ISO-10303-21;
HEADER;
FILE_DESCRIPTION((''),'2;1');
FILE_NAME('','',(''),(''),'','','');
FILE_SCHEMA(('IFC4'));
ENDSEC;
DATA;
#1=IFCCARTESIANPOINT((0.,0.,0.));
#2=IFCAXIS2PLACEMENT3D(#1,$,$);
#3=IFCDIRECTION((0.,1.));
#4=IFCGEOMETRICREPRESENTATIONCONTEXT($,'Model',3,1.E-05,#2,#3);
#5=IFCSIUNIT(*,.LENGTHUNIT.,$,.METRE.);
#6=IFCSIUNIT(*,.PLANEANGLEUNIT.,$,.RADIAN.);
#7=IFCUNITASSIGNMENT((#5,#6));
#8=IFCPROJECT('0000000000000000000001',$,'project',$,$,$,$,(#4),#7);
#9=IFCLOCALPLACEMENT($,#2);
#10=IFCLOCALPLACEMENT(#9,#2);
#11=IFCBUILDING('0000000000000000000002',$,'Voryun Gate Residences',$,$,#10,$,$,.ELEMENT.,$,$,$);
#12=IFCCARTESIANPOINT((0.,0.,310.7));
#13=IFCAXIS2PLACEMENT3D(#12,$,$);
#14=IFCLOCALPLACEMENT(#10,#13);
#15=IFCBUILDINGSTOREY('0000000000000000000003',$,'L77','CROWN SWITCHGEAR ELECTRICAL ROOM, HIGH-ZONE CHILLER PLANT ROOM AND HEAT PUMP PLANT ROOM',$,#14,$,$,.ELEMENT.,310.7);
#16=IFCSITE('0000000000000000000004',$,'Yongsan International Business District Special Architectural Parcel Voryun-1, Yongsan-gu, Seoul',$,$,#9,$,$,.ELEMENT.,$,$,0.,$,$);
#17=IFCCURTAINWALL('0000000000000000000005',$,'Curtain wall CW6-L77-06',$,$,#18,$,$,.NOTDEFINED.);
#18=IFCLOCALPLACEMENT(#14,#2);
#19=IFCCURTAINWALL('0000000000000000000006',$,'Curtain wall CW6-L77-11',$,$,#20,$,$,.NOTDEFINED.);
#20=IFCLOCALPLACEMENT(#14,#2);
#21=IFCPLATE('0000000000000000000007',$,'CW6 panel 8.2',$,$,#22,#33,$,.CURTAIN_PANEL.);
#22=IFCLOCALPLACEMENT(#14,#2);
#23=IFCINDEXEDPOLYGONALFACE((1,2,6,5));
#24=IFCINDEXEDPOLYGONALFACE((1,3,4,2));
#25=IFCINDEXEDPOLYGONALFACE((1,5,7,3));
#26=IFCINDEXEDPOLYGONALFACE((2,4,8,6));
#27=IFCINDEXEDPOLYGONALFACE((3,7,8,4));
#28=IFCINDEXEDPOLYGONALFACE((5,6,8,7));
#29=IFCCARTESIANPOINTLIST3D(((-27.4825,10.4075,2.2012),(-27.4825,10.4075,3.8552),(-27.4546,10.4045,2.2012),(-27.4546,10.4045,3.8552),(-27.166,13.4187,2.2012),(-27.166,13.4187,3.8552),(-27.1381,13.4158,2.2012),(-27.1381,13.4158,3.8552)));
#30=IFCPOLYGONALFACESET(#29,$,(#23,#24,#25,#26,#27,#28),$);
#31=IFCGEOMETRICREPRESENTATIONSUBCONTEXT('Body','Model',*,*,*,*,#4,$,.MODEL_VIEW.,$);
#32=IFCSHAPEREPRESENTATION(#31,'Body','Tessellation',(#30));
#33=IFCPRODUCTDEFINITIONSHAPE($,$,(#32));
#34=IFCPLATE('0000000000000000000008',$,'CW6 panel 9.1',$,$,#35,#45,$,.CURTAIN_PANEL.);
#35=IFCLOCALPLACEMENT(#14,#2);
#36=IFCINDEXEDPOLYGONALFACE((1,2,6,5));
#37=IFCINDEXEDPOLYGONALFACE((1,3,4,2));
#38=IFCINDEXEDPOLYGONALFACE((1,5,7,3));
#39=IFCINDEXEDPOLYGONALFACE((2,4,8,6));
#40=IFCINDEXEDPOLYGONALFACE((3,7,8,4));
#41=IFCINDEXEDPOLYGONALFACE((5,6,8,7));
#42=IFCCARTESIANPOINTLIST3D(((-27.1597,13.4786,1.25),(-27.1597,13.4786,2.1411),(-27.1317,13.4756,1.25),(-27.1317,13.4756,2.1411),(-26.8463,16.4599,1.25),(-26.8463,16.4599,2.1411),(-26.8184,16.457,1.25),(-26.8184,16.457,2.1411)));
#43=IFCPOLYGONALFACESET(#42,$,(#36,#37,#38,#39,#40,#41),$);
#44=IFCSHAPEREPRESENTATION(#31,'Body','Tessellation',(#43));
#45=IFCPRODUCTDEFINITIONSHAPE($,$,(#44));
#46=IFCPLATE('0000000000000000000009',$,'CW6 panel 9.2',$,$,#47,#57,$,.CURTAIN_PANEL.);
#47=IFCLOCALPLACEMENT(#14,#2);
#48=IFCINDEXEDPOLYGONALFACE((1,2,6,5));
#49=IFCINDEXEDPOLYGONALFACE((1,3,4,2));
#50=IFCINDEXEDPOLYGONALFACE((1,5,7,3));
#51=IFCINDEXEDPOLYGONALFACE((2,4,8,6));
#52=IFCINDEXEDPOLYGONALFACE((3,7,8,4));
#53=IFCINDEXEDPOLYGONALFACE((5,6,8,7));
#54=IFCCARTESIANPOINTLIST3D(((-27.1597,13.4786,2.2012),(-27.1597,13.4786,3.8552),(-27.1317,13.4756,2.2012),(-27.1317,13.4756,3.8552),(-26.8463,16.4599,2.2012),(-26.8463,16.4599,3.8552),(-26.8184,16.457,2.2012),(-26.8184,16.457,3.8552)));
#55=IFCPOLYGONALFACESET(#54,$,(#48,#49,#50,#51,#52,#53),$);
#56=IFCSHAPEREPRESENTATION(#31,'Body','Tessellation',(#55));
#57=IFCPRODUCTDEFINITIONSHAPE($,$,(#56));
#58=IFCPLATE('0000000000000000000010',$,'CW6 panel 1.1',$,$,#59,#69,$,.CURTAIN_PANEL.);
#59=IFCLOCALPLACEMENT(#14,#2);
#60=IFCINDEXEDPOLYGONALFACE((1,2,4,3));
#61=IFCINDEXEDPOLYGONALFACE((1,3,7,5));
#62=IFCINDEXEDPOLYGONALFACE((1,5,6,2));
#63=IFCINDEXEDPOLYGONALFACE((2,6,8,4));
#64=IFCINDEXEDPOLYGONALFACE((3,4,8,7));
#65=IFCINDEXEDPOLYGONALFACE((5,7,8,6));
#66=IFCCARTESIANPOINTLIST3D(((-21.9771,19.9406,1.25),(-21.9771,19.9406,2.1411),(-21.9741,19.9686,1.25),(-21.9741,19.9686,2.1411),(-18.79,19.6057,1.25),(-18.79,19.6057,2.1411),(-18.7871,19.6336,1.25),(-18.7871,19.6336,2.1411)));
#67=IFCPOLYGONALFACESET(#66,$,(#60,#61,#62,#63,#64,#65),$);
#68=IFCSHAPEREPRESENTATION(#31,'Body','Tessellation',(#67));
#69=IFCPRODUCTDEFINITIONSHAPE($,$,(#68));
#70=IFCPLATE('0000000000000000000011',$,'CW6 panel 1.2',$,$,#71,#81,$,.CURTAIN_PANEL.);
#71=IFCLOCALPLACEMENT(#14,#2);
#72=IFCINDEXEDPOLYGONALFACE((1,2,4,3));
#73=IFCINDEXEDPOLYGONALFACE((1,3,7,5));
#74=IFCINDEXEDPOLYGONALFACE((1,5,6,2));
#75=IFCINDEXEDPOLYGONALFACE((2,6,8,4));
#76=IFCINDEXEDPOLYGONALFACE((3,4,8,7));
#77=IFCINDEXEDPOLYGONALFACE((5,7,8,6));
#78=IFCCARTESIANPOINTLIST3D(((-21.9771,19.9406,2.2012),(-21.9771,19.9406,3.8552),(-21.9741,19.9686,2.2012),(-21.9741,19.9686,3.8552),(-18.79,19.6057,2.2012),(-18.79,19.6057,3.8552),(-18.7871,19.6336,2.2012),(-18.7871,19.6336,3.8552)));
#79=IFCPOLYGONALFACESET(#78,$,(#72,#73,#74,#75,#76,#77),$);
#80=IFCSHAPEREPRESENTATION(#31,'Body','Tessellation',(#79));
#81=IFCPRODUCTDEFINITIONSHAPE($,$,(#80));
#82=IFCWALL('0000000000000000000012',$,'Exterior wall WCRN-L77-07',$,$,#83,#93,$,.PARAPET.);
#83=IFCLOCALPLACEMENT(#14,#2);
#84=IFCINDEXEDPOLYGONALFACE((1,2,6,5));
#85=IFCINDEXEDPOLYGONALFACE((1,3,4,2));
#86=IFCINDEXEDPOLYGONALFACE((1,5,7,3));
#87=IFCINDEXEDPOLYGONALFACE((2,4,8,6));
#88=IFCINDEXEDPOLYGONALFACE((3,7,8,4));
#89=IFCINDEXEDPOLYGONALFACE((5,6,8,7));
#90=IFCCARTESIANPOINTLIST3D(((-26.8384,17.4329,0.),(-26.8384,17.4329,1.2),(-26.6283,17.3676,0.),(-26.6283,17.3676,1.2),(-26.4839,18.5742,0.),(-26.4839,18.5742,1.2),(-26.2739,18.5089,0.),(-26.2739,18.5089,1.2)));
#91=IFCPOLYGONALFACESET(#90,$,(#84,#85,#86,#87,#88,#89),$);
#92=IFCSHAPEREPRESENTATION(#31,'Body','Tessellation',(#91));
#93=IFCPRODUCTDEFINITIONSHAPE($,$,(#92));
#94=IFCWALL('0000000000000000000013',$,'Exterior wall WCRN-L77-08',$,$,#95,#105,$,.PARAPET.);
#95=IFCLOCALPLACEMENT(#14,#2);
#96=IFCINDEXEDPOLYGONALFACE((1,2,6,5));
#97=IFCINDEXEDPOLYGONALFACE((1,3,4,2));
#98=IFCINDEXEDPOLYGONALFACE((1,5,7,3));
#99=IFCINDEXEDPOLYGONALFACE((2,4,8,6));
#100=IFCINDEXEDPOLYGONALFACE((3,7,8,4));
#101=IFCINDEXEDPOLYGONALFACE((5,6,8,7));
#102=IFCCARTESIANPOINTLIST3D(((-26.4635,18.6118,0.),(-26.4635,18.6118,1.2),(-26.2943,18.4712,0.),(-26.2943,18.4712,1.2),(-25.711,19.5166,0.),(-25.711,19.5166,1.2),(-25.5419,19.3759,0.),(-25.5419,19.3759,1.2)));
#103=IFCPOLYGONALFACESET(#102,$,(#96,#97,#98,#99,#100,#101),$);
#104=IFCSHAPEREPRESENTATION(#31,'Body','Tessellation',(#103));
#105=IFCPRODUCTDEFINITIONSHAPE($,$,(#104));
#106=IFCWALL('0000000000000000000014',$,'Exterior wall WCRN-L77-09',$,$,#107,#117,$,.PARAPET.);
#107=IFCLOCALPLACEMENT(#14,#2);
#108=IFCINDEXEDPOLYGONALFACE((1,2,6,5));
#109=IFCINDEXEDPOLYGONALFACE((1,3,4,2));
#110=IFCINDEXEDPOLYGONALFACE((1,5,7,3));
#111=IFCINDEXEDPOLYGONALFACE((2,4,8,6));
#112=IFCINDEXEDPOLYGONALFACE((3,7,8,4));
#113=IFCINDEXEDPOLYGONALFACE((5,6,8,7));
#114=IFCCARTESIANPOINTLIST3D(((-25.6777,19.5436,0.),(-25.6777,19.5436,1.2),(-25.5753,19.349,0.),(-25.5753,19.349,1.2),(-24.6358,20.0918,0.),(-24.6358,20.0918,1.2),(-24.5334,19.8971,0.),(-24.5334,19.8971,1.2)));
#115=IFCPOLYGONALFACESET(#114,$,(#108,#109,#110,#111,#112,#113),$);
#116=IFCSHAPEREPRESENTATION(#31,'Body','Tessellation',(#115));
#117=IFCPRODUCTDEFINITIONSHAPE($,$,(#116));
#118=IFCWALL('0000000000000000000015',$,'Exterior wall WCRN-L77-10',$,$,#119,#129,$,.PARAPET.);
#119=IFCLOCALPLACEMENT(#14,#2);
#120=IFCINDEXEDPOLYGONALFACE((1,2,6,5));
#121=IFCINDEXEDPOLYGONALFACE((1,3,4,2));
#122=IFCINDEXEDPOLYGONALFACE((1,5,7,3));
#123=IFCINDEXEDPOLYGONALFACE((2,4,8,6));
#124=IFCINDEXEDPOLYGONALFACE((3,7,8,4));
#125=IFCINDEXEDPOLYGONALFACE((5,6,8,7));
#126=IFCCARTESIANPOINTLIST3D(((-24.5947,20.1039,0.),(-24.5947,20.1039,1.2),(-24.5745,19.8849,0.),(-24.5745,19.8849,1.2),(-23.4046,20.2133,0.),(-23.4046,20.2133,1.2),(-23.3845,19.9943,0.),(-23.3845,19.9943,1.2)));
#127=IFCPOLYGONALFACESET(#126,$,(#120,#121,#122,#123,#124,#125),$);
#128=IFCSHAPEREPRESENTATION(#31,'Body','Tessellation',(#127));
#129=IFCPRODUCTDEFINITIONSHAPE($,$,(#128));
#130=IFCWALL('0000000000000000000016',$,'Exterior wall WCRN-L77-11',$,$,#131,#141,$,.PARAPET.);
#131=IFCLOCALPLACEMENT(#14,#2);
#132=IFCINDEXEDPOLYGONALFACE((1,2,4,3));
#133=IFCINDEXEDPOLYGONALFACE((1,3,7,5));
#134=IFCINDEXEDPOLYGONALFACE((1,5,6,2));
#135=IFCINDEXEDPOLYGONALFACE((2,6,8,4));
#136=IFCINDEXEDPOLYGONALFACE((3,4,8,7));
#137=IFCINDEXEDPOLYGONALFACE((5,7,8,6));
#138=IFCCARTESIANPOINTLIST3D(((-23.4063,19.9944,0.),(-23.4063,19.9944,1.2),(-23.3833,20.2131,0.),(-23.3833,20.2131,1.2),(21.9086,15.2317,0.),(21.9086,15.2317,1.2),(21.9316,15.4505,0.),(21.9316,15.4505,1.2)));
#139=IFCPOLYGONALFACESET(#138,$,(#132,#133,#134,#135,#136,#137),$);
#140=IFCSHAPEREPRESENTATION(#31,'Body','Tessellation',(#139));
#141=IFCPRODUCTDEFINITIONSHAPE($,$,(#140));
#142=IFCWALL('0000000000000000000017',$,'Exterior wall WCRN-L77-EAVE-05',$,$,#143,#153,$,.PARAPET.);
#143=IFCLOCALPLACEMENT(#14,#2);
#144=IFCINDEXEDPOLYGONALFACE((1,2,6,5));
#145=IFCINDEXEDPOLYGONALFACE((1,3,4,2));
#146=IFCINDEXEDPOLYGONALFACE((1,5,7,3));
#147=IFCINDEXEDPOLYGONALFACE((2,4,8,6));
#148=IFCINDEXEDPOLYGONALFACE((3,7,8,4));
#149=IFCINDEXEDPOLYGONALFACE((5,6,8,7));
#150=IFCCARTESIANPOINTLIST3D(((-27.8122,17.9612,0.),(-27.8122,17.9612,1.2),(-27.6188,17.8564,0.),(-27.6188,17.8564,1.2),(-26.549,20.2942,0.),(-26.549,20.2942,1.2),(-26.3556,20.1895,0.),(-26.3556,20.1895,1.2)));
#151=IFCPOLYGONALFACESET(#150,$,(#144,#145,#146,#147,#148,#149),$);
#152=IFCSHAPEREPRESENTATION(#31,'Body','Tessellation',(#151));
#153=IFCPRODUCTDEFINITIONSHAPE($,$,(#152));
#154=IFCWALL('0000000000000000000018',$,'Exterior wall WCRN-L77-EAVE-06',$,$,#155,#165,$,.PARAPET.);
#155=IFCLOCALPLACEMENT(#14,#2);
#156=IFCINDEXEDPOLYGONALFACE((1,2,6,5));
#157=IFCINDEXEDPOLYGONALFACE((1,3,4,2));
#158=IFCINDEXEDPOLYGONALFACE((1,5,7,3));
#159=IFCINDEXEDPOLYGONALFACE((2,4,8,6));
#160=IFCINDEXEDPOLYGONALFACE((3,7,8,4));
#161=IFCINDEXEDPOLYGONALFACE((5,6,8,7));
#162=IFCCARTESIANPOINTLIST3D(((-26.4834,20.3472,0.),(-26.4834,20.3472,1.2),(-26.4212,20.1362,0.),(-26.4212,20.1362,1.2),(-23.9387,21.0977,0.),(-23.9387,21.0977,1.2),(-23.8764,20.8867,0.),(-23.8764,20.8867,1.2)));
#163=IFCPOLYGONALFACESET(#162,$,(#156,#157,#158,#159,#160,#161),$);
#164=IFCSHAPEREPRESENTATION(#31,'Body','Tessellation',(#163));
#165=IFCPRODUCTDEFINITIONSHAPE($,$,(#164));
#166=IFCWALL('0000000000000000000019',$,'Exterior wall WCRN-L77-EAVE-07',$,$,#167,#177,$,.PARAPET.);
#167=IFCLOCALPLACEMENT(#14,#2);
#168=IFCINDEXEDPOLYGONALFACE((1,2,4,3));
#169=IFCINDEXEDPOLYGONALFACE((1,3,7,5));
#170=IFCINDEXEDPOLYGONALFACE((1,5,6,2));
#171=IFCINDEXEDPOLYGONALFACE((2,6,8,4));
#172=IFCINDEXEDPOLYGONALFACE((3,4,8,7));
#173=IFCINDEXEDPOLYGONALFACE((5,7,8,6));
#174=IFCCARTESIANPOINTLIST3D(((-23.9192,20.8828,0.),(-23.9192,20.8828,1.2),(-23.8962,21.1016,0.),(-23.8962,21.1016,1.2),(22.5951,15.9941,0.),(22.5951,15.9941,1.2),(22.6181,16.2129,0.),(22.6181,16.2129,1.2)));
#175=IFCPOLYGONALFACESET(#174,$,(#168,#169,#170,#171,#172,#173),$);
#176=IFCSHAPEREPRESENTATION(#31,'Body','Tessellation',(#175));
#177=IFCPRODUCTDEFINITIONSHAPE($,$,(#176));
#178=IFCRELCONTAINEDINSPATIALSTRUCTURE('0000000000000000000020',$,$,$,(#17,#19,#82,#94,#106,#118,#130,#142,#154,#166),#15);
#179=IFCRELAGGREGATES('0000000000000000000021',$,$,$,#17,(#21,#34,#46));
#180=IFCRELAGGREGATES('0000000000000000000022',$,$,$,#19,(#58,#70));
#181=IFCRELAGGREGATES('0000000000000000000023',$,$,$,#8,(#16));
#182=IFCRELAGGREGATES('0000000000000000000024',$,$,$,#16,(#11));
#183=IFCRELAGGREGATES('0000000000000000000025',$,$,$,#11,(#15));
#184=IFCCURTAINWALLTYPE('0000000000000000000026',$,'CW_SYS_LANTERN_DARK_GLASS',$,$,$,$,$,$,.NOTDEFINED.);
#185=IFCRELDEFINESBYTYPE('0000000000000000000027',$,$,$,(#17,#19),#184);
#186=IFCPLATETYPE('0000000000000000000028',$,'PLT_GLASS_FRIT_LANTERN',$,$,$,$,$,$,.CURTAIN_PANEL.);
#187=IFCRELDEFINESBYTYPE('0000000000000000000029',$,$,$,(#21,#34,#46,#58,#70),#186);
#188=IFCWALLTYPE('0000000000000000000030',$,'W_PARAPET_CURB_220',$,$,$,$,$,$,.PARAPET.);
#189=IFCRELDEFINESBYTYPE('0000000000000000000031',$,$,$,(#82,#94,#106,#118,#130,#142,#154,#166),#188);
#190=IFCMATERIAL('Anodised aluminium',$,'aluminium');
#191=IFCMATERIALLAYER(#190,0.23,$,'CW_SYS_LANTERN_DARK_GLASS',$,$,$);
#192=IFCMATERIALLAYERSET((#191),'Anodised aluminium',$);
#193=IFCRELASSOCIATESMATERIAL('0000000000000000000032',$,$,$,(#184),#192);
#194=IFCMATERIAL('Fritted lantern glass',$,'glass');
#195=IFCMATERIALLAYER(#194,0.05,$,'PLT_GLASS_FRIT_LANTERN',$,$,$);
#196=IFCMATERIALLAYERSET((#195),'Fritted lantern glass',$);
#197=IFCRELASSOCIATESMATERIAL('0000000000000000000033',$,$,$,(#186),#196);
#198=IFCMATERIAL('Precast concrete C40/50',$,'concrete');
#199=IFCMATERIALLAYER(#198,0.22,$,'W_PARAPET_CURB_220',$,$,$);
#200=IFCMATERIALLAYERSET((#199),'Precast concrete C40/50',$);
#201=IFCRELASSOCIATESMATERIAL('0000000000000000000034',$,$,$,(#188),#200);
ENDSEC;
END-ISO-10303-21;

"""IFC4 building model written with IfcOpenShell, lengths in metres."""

from ifc_helpers import new_model, si_unit, direction, frame, frame_2d, origin, origin_2d, place, context, subcontext, project, spatial, rectangle, extrude, material, layer, layer_set, type_object, element, aggregate, save


model = new_model("IFC4")

# Units and contexts
model_context = context("Model", 3, precision=1e-05, world=origin(), true_north=direction((0.0, 1.0)))
body_context = subcontext(model_context, "Body", "Model", "MODEL_VIEW")
ifc_project = project(units=[si_unit("LENGTHUNIT", "METRE"), si_unit("PLANEANGLEUNIT", "RADIAN")], contexts=[model_context])

# Site, building, storey
site_placement = place(None, origin())
site = spatial("IfcSite", under=ifc_project, at=site_placement, Name="Yongsan International Business District Special Architectural Parcel Voryun-1, Yongsan-gu, Seoul", CompositionType="ELEMENT", RefElevation=0.0)
building_placement = place(site_placement, origin())
building = spatial("IfcBuilding", under=site, at=building_placement, Name="Voryun Gate Residences", CompositionType="ELEMENT")
storey_placement = place(building_placement, frame((0.0, 0.0, 310.7)))
storey = spatial("IfcBuildingStorey", under=building, at=storey_placement, Name="L77", Description="CROWN SWITCHGEAR ELECTRICAL ROOM, HIGH-ZONE CHILLER PLANT ROOM AND HEAT PUMP PLANT ROOM", CompositionType="ELEMENT", Elevation=310.7)

# Curtain wall
ifc_material_1 = material(Name="Anodised aluminium", Category="aluminium")
ifc_layer_1 = layer(ifc_material_1, 0.23, Name="CW_SYS_LANTERN_DARK_GLASS")
ifc_layer_set_1 = layer_set([ifc_layer_1], Name="Anodised aluminium")
curtain_wall_type = type_object("IfcCurtainWallType", Name="CW_SYS_LANTERN_DARK_GLASS", PredefinedType="NOTDEFINED", material=ifc_layer_set_1)
curtain_wall_1_placement = place(storey_placement, origin())
curtain_wall_1 = element("IfcCurtainWall", 1, at=curtain_wall_1_placement, inside=storey, type_object=curtain_wall_type, Name="Curtain wall CW6-L77-06", PredefinedType="NOTDEFINED")

# Curtain wall
curtain_wall_2_placement = place(storey_placement, origin())
curtain_wall_2 = element("IfcCurtainWall", 2, at=curtain_wall_2_placement, inside=storey, type_object=curtain_wall_type, Name="Curtain wall CW6-L77-11", PredefinedType="NOTDEFINED")

# Plates
ifc_material_2 = material(Name="Fritted lantern glass", Category="glass")
ifc_layer_2 = layer(ifc_material_2, 0.05, Name="PLT_GLASS_FRIT_LANTERN")
ifc_layer_set_2 = layer_set([ifc_layer_2], Name="Fritted lantern glass")
plate_type_1 = type_object("IfcPlateType", Name="PLT_GLASS_FRIT_LANTERN", PredefinedType="CURTAIN_PANEL", material=ifc_layer_set_2)
plate_1_placement = place(storey_placement, frame((-27.3103, 11.9116, 2.2012), z_axis=(0.0, 0.0, 1.0), x_axis=(0.104528, 0.994522, 0.0)))
plate_1 = element("IfcPlate", 3, at=plate_1_placement, type_object=plate_type_1, Name="CW6 panel 8.2", PredefinedType="CURTAIN_PANEL", context=body_context, shape_type="SweptSolid", body=[
    extrude(rectangle(XDim=3.0278, YDim=0.0281, at=origin_2d()), origin(), (0.0, 0.0, 1.0), 1.6541),
])
plate_2_placement = place(storey_placement, frame((-26.989, 14.9678, 1.25), z_axis=(0.0, 0.0, 1.0), x_axis=(0.104528, 0.994522, 0.0)))
plate_2 = element("IfcPlate", 4, at=plate_2_placement, type_object=plate_type_1, Name="CW6 panel 9.1", PredefinedType="CURTAIN_PANEL", context=body_context, shape_type="SweptSolid", body=[
    extrude(rectangle(XDim=2.9978, YDim=0.0281, at=origin_2d()), origin(), (0.0, 0.0, 1.0), 0.8911),
])
plate_3_placement = place(storey_placement, frame((-26.989, 14.9678, 2.2012), z_axis=(0.0, 0.0, 1.0), x_axis=(0.104528, 0.994522, 0.0)))
plate_3 = element("IfcPlate", 5, at=plate_3_placement, type_object=plate_type_1, Name="CW6 panel 9.2", PredefinedType="CURTAIN_PANEL", context=body_context, shape_type="SweptSolid", body=[
    extrude(rectangle(XDim=2.9978, YDim=0.0281, at=origin_2d()), origin(), (0.0, 0.0, 1.0), 1.6541),
])
aggregate(curtain_wall_1, [plate_1, plate_2, plate_3])
plate_4_placement = place(storey_placement, frame((-20.3821, 19.7871, 1.25), z_axis=(0.0, 0.0, 1.0), x_axis=(0.994522, -0.104528, 0.0)))
plate_4 = element("IfcPlate", 6, at=plate_4_placement, type_object=plate_type_1, Name="CW6 panel 1.1", PredefinedType="CURTAIN_PANEL", context=body_context, shape_type="SweptSolid", body=[
    extrude(rectangle(XDim=3.2046, YDim=0.0281, at=origin_2d()), origin(), (0.0, 0.0, 1.0), 0.8911),
])
plate_5_placement = place(storey_placement, frame((-20.3821, 19.7871, 2.2012), z_axis=(0.0, 0.0, 1.0), x_axis=(0.994522, -0.104528, 0.0)))
plate_5 = element("IfcPlate", 7, at=plate_5_placement, type_object=plate_type_1, Name="CW6 panel 1.2", PredefinedType="CURTAIN_PANEL", context=body_context, shape_type="SweptSolid", body=[
    extrude(rectangle(XDim=3.2046, YDim=0.0281, at=origin_2d()), origin(), (0.0, 0.0, 1.0), 1.6541),
])
aggregate(curtain_wall_2, [plate_4, plate_5])

# Walls
ifc_material_3 = material(Name="Precast concrete C40/50", Category="concrete")
ifc_layer_3 = layer(ifc_material_3, 0.22, Name="W_PARAPET_CURB_220")
ifc_layer_set_3 = layer_set([ifc_layer_3], Name="Precast concrete C40/50")
wall_type = type_object("IfcWallType", Name="W_PARAPET_CURB_220", PredefinedType="PARAPET", material=ifc_layer_set_3)
wall_1_placement = place(storey_placement, frame((-26.7334, 17.4001, 0.0), z_axis=(0.0, 0.0, 1.0), x_axis=(0.296611, 0.954998, 0.0)))
element("IfcWall", 8, at=wall_1_placement, inside=storey, type_object=wall_type, Name="Exterior wall WCRN-L77-07", PredefinedType="PARAPET", context=body_context, shape_type="SweptSolid", body=[
    extrude(rectangle(XDim=1.1951, YDim=0.22, at=frame_2d((0.5977, 0.0))), origin(), (0.0, 0.0, 1.0), 1.2),
])
wall_2_placement = place(storey_placement, frame((-26.3789, 18.5415, 0.0), z_axis=(0.0, 0.0, 1.0), x_axis=(0.639409, 0.768867, 0.0)))
element("IfcWall", 9, at=wall_2_placement, inside=storey, type_object=wall_type, Name="Exterior wall WCRN-L77-08", PredefinedType="PARAPET", context=body_context, shape_type="SweptSolid", body=[
    extrude(rectangle(XDim=1.1768, YDim=0.22, at=frame_2d((0.5884, 0.0))), origin(), (0.0, 0.0, 1.0), 1.2),
])
wall_3_placement = place(storey_placement, frame((-25.6265, 19.4463, 0.0), z_axis=(0.0, 0.0, 1.0), x_axis=(0.884986, 0.465618, 0.0)))
element("IfcWall", 10, at=wall_3_placement, inside=storey, type_object=wall_type, Name="Exterior wall WCRN-L77-09", PredefinedType="PARAPET", context=body_context, shape_type="SweptSolid", body=[
    extrude(rectangle(XDim=1.1772, YDim=0.22, at=frame_2d((0.5886, 0.0))), origin(), (0.0, 0.0, 1.0), 1.2),
])
wall_4_placement = place(storey_placement, frame((-24.5847, 19.9944, 0.0), z_axis=(0.0, 0.0, 1.0), x_axis=(0.995802, 0.09153, 0.0)))
element("IfcWall", 11, at=wall_4_placement, inside=storey, type_object=wall_type, Name="Exterior wall WCRN-L77-10", PredefinedType="PARAPET", context=body_context, shape_type="SweptSolid", body=[
    extrude(rectangle(XDim=1.1951, YDim=0.22, at=frame_2d((0.5977, 0.0))), origin(), (0.0, 0.0, 1.0), 1.2),
])
wall_5_placement = place(storey_placement, frame((-23.3948, 20.1038, 0.0), z_axis=(0.0, 0.0, 1.0), x_axis=(0.994522, -0.104526, 0.0)))
element("IfcWall", 12, at=wall_5_placement, inside=storey, type_object=wall_type, Name="Exterior wall WCRN-L77-11", PredefinedType="PARAPET", context=body_context, shape_type="SweptSolid", body=[
    extrude(rectangle(XDim=45.5645, YDim=0.22, at=frame_2d((22.7822, 0.0))), origin(), (0.0, 0.0, 1.0), 1.2),
])
for number, where, z_axis, x_axis, name in (
    (13, (-27.7156, 17.9087, 0.0), (0.0, 0.0, 1.0), (0.476129, 0.879375, 0.0), "Exterior wall WCRN-L77-EAVE-05"),
    (14, (-26.4524, 20.2417, 0.0), (0.0, 0.0, 1.0), (0.959156, 0.282879, 0.0), "Exterior wall WCRN-L77-EAVE-06"),
):
    element("IfcWall", number, at=place(storey_placement, frame(where, z_axis=z_axis, x_axis=x_axis)), inside=storey, type_object=wall_type, Name=name, PredefinedType="PARAPET", context=body_context, shape_type="SweptSolid", body=[
        extrude(rectangle(XDim=2.6531, YDim=0.22, at=frame_2d((1.3267, 0.0))), origin(), (0.0, 0.0, 1.0), 1.2),
    ])
wall_6_placement = place(storey_placement, frame((-23.9077, 20.9922, 0.0), z_axis=(0.0, 0.0, 1.0), x_axis=(0.994522, -0.104524, 0.0)))
element("IfcWall", 15, at=wall_6_placement, inside=storey, type_object=wall_type, Name="Exterior wall WCRN-L77-EAVE-07", PredefinedType="PARAPET", context=body_context, shape_type="SweptSolid", body=[
    extrude(rectangle(XDim=46.7705, YDim=0.22, at=frame_2d((23.3853, 0.0))), origin(), (0.0, 0.0, 1.0), 1.2),
])

save(model, "model.ifc")
